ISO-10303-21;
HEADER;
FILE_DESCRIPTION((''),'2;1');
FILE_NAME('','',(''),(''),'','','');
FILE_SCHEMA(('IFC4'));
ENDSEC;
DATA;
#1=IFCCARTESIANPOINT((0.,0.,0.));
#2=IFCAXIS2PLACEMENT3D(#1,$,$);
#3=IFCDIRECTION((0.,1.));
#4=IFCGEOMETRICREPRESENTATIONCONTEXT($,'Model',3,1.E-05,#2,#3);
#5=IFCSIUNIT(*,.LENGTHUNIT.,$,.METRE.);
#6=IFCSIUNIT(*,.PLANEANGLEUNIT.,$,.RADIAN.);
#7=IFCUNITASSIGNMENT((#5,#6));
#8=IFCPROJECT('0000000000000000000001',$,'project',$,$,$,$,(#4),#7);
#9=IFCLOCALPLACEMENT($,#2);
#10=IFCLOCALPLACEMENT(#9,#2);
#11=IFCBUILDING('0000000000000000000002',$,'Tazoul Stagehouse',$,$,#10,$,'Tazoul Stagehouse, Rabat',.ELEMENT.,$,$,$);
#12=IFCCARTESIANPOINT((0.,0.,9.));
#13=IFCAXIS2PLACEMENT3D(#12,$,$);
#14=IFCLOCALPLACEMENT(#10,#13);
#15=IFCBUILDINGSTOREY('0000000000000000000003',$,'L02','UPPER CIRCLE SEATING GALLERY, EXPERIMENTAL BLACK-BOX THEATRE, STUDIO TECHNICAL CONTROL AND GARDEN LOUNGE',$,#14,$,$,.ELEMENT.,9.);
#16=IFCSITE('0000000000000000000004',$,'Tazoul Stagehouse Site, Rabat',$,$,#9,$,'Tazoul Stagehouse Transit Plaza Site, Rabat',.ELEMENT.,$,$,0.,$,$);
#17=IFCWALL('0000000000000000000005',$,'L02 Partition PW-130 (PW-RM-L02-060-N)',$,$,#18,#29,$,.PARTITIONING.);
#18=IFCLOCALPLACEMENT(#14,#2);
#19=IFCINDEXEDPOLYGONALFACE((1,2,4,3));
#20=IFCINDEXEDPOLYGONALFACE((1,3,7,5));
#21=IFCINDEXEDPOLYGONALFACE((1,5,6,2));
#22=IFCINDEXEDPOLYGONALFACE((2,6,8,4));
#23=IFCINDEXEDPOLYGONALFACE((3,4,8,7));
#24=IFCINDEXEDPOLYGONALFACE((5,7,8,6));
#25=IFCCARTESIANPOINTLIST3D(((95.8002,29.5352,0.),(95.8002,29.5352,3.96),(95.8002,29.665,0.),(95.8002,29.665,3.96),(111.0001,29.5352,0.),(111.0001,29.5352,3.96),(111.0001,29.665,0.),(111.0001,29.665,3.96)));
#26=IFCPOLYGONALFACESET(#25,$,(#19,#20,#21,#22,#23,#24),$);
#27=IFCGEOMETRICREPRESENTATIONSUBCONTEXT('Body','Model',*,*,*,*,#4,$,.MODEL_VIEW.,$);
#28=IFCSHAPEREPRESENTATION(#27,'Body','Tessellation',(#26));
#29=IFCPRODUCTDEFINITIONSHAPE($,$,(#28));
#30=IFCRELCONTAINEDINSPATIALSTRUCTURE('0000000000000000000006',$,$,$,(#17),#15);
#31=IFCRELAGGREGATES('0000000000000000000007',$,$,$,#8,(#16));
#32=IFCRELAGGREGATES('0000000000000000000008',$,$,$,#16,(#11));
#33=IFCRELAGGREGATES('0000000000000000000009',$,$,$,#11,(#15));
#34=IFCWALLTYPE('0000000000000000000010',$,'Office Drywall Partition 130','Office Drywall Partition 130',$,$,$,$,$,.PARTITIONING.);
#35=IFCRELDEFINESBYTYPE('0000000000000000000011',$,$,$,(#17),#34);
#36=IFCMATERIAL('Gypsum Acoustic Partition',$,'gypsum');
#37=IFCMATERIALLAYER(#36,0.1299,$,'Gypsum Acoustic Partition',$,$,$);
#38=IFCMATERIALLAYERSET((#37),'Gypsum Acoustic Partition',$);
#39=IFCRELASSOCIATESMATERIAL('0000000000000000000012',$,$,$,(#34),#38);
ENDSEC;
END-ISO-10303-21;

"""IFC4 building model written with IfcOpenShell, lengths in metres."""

from ifc_helpers import new_model, si_unit, direction, frame, frame_2d, origin, place, context, subcontext, project, spatial, rectangle, extrude, material, layer, layer_set, type_object, element, save


model = new_model("IFC4")

# Units and contexts
model_context = context("Model", 3, precision=1e-05, world=origin(), true_north=direction((0.0, 1.0)))
body_context = subcontext(model_context, "Body", "Model", "MODEL_VIEW")
ifc_project = project(units=[si_unit("LENGTHUNIT", "METRE"), si_unit("PLANEANGLEUNIT", "RADIAN")], contexts=[model_context])

# Site, building, storey
site_placement = place(None, origin())
building_placement = place(site_placement, origin())
storey_placement = place(building_placement, frame((0.0, 0.0, 9.0)))
site = spatial("IfcSite", under=ifc_project, at=site_placement, Name="Tazoul Stagehouse Site, Rabat", LongName="Tazoul Stagehouse Transit Plaza Site, Rabat", CompositionType="ELEMENT", RefElevation=0.0)
building = spatial("IfcBuilding", under=site, at=building_placement, Name="Tazoul Stagehouse", LongName="Tazoul Stagehouse, Rabat", CompositionType="ELEMENT")
storey = spatial("IfcBuildingStorey", under=building, at=storey_placement, Name="L02", Description="UPPER CIRCLE SEATING GALLERY, EXPERIMENTAL BLACK-BOX THEATRE, STUDIO TECHNICAL CONTROL AND GARDEN LOUNGE", CompositionType="ELEMENT", Elevation=9.0)

# Wall
ifc_material_1 = material(Name="Gypsum Acoustic Partition", Category="gypsum")
ifc_layer_1 = layer(ifc_material_1, 0.1299, Name="Gypsum Acoustic Partition")
ifc_layer_set_1 = layer_set([ifc_layer_1], Name="Gypsum Acoustic Partition")
wall_type = type_object("IfcWallType", Name="Office Drywall Partition 130", Description="Office Drywall Partition 130", PredefinedType="PARTITIONING", material=ifc_layer_set_1)
wall_placement = place(storey_placement, frame((95.8, 29.6001, 0.0), z_axis=(0.0, 0.0, 1.0), x_axis=(1.0, 0.0, 0.0)))
element("IfcWall", 1, at=wall_placement, inside=storey, type_object=wall_type, Name="L02 Partition PW-130 (PW-RM-L02-060-N)", PredefinedType="PARTITIONING", context=body_context, shape_type="SweptSolid", body=[
    extrude(rectangle(XDim=15.2, YDim=0.1299, at=frame_2d((7.6001, 0.0))), origin(), (0.0, 0.0, 1.0), 3.96),
])

save(model, "model.ifc")
